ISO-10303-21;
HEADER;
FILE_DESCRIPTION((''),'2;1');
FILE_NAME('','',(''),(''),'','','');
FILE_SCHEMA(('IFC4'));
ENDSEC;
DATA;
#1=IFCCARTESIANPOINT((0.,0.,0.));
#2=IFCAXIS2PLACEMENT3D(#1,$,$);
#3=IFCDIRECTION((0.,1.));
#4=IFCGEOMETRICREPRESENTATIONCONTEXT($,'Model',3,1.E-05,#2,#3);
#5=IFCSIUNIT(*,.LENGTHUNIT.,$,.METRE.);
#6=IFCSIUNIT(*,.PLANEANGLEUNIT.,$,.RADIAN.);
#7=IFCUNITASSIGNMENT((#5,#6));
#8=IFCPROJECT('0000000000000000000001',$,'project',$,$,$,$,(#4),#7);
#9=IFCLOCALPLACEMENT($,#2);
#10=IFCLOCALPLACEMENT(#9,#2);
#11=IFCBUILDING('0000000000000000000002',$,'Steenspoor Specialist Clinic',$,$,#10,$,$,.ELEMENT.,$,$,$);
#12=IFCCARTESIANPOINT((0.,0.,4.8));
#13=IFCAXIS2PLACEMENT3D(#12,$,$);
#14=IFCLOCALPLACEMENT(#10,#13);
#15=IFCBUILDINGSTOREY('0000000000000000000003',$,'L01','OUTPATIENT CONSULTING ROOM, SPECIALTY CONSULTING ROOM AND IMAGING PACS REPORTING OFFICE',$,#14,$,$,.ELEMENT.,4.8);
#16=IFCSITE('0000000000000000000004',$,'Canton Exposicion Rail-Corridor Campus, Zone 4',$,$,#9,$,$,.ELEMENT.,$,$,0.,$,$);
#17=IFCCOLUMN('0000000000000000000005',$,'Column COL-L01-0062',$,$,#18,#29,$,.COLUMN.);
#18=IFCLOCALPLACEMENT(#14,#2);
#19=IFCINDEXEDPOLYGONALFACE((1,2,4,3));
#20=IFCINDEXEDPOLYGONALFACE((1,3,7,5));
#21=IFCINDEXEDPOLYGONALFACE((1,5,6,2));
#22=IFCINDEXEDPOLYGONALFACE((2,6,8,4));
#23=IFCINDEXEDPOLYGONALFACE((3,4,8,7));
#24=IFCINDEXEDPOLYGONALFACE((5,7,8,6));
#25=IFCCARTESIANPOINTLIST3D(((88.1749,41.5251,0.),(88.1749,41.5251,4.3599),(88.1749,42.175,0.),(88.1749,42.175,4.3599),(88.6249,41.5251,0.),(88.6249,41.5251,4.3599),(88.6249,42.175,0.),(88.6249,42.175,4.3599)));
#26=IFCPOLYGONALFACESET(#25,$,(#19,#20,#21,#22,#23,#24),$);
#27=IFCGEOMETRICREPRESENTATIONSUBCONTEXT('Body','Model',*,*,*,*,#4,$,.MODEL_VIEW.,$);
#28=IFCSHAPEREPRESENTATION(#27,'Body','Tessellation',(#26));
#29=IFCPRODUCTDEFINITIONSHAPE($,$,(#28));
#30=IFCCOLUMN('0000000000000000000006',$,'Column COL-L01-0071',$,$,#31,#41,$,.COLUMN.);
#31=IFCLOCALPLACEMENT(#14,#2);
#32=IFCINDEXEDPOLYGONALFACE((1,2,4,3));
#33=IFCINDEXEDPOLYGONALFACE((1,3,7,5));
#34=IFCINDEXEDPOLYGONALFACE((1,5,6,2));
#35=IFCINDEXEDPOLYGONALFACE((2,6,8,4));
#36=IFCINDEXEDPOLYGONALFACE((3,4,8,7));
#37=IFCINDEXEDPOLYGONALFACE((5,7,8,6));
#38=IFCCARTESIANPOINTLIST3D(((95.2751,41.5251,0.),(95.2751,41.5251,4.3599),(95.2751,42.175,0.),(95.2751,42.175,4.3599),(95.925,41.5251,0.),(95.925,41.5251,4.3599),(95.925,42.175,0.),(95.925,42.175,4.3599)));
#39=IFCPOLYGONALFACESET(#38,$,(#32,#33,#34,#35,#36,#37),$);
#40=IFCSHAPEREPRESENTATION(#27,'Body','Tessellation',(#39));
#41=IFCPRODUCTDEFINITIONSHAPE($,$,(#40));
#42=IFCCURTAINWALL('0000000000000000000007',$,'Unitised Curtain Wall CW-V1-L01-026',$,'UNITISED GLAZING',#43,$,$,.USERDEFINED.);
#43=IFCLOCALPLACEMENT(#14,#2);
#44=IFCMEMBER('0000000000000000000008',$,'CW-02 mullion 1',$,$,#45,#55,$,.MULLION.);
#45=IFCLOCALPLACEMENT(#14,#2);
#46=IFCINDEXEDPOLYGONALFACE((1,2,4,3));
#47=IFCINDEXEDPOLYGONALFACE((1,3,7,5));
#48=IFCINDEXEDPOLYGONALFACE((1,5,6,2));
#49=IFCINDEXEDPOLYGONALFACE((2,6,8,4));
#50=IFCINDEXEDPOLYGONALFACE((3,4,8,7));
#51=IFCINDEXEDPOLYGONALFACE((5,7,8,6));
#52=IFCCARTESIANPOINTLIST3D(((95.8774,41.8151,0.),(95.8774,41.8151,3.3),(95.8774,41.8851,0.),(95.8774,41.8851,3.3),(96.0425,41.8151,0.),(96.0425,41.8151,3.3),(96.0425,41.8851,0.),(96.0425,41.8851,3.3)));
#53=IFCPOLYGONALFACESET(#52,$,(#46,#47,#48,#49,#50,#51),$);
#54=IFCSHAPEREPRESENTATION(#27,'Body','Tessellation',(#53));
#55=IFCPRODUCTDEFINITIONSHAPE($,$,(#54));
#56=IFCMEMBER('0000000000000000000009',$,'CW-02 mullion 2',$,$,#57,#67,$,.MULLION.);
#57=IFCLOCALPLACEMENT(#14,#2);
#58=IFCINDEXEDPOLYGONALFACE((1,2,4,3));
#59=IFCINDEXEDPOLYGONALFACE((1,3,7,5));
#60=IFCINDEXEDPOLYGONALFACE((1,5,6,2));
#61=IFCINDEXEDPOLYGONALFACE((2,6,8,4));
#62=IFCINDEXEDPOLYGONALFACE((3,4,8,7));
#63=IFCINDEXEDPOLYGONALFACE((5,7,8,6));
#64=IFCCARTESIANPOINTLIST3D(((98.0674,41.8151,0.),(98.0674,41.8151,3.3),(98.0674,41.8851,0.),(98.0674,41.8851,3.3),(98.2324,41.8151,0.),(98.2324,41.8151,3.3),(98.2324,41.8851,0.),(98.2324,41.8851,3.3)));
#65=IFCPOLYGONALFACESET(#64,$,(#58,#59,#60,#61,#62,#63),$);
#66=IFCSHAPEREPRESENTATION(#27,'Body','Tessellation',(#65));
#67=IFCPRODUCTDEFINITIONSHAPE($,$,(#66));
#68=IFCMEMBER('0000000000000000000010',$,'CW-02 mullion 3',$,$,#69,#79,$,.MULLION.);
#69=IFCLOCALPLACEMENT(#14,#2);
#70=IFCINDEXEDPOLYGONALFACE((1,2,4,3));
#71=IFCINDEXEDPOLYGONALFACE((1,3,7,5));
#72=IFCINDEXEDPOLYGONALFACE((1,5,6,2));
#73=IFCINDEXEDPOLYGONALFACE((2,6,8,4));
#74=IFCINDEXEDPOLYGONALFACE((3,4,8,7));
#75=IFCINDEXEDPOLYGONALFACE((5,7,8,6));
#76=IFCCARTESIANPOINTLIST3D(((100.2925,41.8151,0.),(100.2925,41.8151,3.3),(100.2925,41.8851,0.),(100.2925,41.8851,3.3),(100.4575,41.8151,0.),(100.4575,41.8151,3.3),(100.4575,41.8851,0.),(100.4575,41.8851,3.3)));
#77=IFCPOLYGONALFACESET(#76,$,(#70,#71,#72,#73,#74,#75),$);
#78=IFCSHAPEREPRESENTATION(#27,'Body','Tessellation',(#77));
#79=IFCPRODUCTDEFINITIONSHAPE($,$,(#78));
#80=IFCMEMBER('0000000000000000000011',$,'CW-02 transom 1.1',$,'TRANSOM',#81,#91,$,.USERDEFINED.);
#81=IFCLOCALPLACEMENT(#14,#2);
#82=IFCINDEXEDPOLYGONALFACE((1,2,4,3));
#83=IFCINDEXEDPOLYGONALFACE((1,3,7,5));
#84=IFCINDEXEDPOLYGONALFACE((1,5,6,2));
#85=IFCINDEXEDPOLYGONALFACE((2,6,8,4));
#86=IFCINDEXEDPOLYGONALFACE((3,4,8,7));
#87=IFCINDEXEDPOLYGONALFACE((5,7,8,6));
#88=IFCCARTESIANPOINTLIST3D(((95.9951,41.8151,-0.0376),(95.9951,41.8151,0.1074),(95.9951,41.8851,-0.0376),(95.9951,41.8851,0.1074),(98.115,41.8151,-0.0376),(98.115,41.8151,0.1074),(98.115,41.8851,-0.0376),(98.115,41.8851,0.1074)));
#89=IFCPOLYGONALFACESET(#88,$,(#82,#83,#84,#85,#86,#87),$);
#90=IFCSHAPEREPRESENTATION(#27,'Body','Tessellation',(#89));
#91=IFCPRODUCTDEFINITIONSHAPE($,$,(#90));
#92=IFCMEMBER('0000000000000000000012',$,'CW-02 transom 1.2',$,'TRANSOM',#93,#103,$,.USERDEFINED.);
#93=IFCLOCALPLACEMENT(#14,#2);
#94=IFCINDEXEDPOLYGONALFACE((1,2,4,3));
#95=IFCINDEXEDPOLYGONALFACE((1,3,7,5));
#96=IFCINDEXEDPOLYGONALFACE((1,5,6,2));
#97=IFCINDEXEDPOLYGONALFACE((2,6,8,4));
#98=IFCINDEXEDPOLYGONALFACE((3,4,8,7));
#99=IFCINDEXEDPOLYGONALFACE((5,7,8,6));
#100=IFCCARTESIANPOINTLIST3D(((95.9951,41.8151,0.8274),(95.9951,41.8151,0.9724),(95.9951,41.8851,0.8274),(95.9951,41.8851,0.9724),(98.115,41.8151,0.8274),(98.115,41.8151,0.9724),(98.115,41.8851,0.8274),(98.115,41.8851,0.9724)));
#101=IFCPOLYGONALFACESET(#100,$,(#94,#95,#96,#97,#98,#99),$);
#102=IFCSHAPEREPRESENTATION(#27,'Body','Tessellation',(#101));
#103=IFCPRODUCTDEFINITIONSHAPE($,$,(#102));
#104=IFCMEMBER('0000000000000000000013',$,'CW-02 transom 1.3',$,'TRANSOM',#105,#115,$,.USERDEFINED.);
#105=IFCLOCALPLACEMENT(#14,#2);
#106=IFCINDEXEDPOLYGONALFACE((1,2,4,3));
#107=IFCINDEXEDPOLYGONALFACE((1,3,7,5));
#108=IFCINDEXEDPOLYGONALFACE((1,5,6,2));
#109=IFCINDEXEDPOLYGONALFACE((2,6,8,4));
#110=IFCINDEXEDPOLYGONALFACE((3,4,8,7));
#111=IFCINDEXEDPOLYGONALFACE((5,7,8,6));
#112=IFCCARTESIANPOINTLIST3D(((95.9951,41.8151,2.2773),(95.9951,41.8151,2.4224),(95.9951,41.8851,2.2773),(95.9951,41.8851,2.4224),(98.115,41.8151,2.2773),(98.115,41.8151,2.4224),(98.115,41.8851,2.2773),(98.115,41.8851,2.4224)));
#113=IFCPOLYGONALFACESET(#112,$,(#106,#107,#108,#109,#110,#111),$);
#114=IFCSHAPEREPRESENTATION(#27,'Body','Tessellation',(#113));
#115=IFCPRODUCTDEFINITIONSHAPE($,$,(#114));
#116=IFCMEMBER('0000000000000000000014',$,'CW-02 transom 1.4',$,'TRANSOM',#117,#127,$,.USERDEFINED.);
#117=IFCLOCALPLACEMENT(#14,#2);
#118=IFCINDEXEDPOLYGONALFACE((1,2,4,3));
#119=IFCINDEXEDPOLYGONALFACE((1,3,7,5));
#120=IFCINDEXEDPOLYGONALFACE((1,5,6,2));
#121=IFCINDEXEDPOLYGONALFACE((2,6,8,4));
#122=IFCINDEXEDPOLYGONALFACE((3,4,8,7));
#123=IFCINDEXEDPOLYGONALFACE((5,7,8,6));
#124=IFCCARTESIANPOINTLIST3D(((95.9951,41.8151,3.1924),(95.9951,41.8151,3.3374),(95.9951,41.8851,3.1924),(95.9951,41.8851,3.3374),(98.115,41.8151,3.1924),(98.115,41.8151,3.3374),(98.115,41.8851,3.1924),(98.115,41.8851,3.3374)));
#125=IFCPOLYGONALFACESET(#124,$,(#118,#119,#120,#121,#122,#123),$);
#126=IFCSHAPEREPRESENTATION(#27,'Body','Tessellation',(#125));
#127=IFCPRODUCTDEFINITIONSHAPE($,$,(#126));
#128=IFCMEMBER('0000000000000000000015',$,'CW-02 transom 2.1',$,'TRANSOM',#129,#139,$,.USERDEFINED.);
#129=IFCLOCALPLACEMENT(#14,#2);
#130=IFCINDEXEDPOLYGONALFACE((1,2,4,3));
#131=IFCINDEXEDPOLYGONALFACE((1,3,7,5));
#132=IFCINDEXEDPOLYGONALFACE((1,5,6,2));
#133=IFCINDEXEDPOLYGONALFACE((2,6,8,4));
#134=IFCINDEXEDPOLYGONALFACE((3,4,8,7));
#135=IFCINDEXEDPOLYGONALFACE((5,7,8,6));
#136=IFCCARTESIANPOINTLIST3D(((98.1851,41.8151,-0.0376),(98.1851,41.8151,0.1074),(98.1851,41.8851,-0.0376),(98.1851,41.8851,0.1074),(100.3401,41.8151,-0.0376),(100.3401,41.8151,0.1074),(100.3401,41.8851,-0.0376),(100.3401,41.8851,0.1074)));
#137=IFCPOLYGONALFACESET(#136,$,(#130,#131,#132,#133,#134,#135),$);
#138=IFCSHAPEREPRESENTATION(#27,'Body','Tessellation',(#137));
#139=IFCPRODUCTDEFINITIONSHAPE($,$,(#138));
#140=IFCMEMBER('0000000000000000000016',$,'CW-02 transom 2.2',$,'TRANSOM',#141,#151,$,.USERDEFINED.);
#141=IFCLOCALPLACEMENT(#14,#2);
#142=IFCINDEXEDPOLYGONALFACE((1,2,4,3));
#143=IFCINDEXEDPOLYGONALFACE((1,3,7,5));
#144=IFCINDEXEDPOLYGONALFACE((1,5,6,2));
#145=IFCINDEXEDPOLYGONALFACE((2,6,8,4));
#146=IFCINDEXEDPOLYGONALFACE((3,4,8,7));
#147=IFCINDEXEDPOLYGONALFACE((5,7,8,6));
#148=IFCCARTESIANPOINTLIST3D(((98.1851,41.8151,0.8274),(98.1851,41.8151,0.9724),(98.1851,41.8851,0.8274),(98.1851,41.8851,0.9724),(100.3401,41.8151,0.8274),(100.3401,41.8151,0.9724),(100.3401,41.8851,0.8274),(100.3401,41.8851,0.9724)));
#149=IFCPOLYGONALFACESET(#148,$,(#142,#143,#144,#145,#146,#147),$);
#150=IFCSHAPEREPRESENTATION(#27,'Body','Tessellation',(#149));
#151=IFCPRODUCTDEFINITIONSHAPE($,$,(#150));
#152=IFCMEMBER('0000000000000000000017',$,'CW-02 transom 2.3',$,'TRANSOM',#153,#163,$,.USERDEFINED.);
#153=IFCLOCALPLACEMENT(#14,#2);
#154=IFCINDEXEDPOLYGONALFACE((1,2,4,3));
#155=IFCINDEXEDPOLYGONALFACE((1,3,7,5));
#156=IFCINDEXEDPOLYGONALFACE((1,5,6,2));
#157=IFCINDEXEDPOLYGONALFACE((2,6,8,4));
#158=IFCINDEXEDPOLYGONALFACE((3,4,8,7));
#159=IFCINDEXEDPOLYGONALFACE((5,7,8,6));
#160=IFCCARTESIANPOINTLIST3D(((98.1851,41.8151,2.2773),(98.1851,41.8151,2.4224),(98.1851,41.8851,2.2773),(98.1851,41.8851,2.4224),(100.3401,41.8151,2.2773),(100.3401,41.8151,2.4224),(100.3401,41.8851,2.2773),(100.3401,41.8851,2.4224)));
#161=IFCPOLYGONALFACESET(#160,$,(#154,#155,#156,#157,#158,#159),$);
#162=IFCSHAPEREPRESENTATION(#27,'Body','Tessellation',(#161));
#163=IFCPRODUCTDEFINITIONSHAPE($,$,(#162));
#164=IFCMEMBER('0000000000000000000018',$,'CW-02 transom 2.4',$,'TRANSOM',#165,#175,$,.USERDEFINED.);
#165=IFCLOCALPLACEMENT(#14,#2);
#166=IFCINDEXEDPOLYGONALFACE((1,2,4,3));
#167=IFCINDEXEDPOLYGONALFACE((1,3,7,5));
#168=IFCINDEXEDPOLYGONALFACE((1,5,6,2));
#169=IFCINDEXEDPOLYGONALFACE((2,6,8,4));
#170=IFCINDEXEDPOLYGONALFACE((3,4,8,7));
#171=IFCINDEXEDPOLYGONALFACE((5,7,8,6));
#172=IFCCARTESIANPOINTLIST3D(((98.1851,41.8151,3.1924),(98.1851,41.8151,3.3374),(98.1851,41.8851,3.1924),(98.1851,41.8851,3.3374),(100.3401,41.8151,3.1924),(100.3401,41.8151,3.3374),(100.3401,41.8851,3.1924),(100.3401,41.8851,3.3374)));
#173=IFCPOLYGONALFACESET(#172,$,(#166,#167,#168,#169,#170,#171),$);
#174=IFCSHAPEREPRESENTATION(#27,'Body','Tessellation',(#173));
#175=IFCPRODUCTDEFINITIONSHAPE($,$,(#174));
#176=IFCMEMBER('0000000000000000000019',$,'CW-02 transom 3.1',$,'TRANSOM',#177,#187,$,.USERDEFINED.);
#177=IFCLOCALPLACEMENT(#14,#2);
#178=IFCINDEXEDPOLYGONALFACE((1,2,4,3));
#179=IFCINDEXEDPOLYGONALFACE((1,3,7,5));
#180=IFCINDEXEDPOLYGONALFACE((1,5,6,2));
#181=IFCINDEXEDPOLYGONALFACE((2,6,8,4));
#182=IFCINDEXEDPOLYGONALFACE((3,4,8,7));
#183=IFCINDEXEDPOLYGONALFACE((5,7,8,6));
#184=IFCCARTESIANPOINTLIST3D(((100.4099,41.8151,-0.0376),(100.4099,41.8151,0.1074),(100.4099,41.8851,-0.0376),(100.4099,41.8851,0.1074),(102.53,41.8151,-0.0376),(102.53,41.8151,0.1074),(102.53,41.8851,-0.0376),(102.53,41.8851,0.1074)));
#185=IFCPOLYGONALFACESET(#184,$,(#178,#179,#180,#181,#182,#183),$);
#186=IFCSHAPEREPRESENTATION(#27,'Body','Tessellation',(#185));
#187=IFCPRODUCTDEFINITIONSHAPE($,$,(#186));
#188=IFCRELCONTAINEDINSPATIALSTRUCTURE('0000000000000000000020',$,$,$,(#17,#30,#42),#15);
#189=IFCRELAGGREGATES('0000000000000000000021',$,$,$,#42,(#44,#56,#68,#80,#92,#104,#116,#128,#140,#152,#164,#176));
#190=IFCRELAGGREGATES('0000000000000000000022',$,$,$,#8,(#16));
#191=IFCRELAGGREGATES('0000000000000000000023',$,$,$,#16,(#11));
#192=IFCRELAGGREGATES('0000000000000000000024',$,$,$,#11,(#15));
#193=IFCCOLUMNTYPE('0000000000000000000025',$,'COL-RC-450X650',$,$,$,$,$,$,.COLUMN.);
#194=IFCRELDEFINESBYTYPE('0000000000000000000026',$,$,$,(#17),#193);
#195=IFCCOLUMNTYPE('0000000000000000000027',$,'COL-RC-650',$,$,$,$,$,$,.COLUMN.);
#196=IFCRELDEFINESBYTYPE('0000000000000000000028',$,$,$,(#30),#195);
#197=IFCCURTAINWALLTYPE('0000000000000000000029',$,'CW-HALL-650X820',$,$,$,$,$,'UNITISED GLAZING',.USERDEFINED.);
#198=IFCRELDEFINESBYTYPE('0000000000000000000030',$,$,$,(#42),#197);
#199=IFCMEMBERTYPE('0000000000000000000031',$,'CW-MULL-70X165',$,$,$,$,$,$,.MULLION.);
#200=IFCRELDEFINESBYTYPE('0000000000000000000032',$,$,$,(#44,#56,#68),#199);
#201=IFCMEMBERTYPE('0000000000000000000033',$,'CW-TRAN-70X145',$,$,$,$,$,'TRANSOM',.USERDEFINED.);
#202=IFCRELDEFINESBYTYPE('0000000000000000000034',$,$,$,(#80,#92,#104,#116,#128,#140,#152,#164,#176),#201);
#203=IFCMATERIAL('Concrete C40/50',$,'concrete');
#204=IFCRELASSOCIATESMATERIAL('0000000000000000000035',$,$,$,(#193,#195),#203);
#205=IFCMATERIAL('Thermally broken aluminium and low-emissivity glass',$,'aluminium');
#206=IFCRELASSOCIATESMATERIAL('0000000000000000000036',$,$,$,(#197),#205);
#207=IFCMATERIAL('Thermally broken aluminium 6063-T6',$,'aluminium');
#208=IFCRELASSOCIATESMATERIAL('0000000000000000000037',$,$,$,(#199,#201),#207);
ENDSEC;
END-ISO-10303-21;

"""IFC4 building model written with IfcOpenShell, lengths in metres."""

from ifc_helpers import new_model, si_unit, direction, frame, origin, origin_2d, place, context, subcontext, project, spatial, rectangle, extrude, material, material_profile, profile_set, type_object, element, aggregate, save


model = new_model("IFC4")

# Units and contexts
model_context = context("Model", 3, precision=1e-05, world=origin(), true_north=direction((0.0, 1.0)))
body_context = subcontext(model_context, "Body", "Model", "MODEL_VIEW")
ifc_project = project(units=[si_unit("LENGTHUNIT", "METRE"), si_unit("PLANEANGLEUNIT", "RADIAN")], contexts=[model_context])

# Site, building, storey
site_placement = place(None, origin())
site = spatial("IfcSite", under=ifc_project, at=site_placement, Name="Canton Exposicion Rail-Corridor Campus, Zone 4", CompositionType="ELEMENT", RefElevation=0.0)
building_placement = place(site_placement, origin())
building = spatial("IfcBuilding", under=site, at=building_placement, Name="Steenspoor Specialist Clinic", CompositionType="ELEMENT")
storey_placement = place(building_placement, frame((0.0, 0.0, 4.8)))
storey = spatial("IfcBuildingStorey", under=building, at=storey_placement, Name="L01", Description="OUTPATIENT CONSULTING ROOM, SPECIALTY CONSULTING ROOM AND IMAGING PACS REPORTING OFFICE", CompositionType="ELEMENT", Elevation=4.8)

# Columns
ifc_material_1 = material(Name="Concrete C40/50", Category="concrete")
ifc_material_profile_1 = material_profile(ifc_material_1, rectangle(XDim=0.45, YDim=0.6499, at=origin_2d()), Name="RC-COL-450X650")
ifc_profile_set_1 = profile_set([ifc_material_profile_1], Name="Concrete C40/50")
column_type_1 = type_object("IfcColumnType", Name="COL-RC-450X650", PredefinedType="COLUMN", material=ifc_profile_set_1)
column_1_placement = place(storey_placement, frame((88.3999, 41.8501, 0.0), z_axis=(0.0, 0.0, 1.0), x_axis=(1.0, 0.0, 0.0)))
element("IfcColumn", 1, at=column_1_placement, inside=storey, type_object=column_type_1, Name="Column COL-L01-0062", PredefinedType="COLUMN", context=body_context, shape_type="SweptSolid", body=[
    extrude(rectangle(XDim=0.45, YDim=0.6499, at=origin_2d()), origin(), (0.0, 0.0, 1.0), 4.3599),
])
ifc_material_profile_2 = material_profile(ifc_material_1, rectangle(XDim=0.6499, YDim=0.6499, at=origin_2d()), Name="RC-COL-650X650")
ifc_profile_set_2 = profile_set([ifc_material_profile_2], Name="Concrete C40/50")
column_type_2 = type_object("IfcColumnType", Name="COL-RC-650", PredefinedType="COLUMN", material=ifc_profile_set_2)
column_2_placement = place(storey_placement, frame((95.6001, 41.8501, 0.0), z_axis=(0.0, 0.0, 1.0), x_axis=(1.0, 0.0, 0.0)))
element("IfcColumn", 2, at=column_2_placement, inside=storey, type_object=column_type_2, Name="Column COL-L01-0071", PredefinedType="COLUMN", context=body_context, shape_type="SweptSolid", body=[
    extrude(rectangle(XDim=0.6499, YDim=0.6499, at=origin_2d()), origin(), (0.0, 0.0, 1.0), 4.3599),
])

# Curtain wall, members
ifc_material_2 = material(Name="Thermally broken aluminium and low-emissivity glass", Category="aluminium")
curtain_wall_type = type_object("IfcCurtainWallType", Name="CW-HALL-650X820", ElementType="UNITISED GLAZING", PredefinedType="USERDEFINED", material=ifc_material_2)
curtain_wall_placement = place(storey_placement, origin())
curtain_wall = element("IfcCurtainWall", 3, at=curtain_wall_placement, inside=storey, type_object=curtain_wall_type, Name="Unitised Curtain Wall CW-V1-L01-026", ObjectType="UNITISED GLAZING", PredefinedType="USERDEFINED")
ifc_material_3 = material(Name="Thermally broken aluminium 6063-T6", Category="aluminium")
ifc_material_profile_3 = material_profile(ifc_material_3, rectangle(XDim=0.0701, YDim=0.165, at=origin_2d()), Name="CWM-70X165")
ifc_profile_set_3 = profile_set([ifc_material_profile_3], Name="Thermally broken aluminium 6063-T6")
member_type_1 = type_object("IfcMemberType", Name="CW-MULL-70X165", PredefinedType="MULLION", material=ifc_profile_set_3)
member_1_placement = place(storey_placement, frame((95.96, 41.8501, 0.0), z_axis=(0.0, 0.0, 1.0), x_axis=(0.0, 1.0, 0.0)))
member_1 = element("IfcMember", 4, at=member_1_placement, type_object=member_type_1, Name="CW-02 mullion 1", PredefinedType="MULLION", context=body_context, shape_type="SweptSolid", body=[
    extrude(rectangle(XDim=0.0701, YDim=0.165, at=origin_2d()), origin(), (0.0, 0.0, 1.0), 3.3),
])
member_2_placement = place(storey_placement, frame((98.1499, 41.8501, 0.0), z_axis=(0.0, 0.0, 1.0), x_axis=(0.0, 1.0, 0.0)))
member_2 = element("IfcMember", 5, at=member_2_placement, type_object=member_type_1, Name="CW-02 mullion 2", PredefinedType="MULLION", context=body_context, shape_type="SweptSolid", body=[
    extrude(rectangle(XDim=0.0701, YDim=0.165, at=origin_2d()), origin(), (0.0, 0.0, 1.0), 3.3),
])
member_3_placement = place(storey_placement, frame((100.375, 41.8501, 0.0), z_axis=(0.0, 0.0, 1.0), x_axis=(0.0, 1.0, 0.0)))
member_3 = element("IfcMember", 6, at=member_3_placement, type_object=member_type_1, Name="CW-02 mullion 3", PredefinedType="MULLION", context=body_context, shape_type="SweptSolid", body=[
    extrude(rectangle(XDim=0.0701, YDim=0.165, at=origin_2d()), origin(), (0.0, 0.0, 1.0), 3.3),
])
ifc_material_profile_4 = material_profile(ifc_material_3, rectangle(XDim=0.0701, YDim=0.145, at=origin_2d()), Name="CWT-70X145")
ifc_profile_set_4 = profile_set([ifc_material_profile_4], Name="Thermally broken aluminium 6063-T6")
member_type_2 = type_object("IfcMemberType", Name="CW-TRAN-70X145", ElementType="TRANSOM", PredefinedType="USERDEFINED", material=ifc_profile_set_4)
member_4_placement = place(storey_placement, frame((95.9951, 41.8501, 0.0349), z_axis=(1.0, 0.0, 0.0), x_axis=(0.0, 1.0, 0.0)))
member_4 = element("IfcMember", 7, at=member_4_placement, type_object=member_type_2, Name="CW-02 transom 1.1", ObjectType="TRANSOM", PredefinedType="USERDEFINED", context=body_context, shape_type="SweptSolid", body=[
    extrude(rectangle(XDim=0.0701, YDim=0.145, at=origin_2d()), origin(), (0.0, 0.0, 1.0), 2.1199),
])
member_5_placement = place(storey_placement, frame((95.9951, 41.8501, 0.8999), z_axis=(1.0, 0.0, 0.0), x_axis=(0.0, 1.0, 0.0)))
member_5 = element("IfcMember", 8, at=member_5_placement, type_object=member_type_2, Name="CW-02 transom 1.2", ObjectType="TRANSOM", PredefinedType="USERDEFINED", context=body_context, shape_type="SweptSolid", body=[
    extrude(rectangle(XDim=0.0701, YDim=0.145, at=origin_2d()), origin(), (0.0, 0.0, 1.0), 2.1199),
])
member_6_placement = place(storey_placement, frame((95.9951, 41.8501, 2.3499), z_axis=(1.0, 0.0, 0.0), x_axis=(0.0, 1.0, 0.0)))
member_6 = element("IfcMember", 9, at=member_6_placement, type_object=member_type_2, Name="CW-02 transom 1.3", ObjectType="TRANSOM", PredefinedType="USERDEFINED", context=body_context, shape_type="SweptSolid", body=[
    extrude(rectangle(XDim=0.0701, YDim=0.145, at=origin_2d()), origin(), (0.0, 0.0, 1.0), 2.1199),
])
member_7_placement = place(storey_placement, frame((95.9951, 41.8501, 3.2649), z_axis=(1.0, 0.0, 0.0), x_axis=(0.0, 1.0, 0.0)))
member_7 = element("IfcMember", 10, at=member_7_placement, type_object=member_type_2, Name="CW-02 transom 1.4", ObjectType="TRANSOM", PredefinedType="USERDEFINED", context=body_context, shape_type="SweptSolid", body=[
    extrude(rectangle(XDim=0.0701, YDim=0.145, at=origin_2d()), origin(), (0.0, 0.0, 1.0), 2.1199),
])
member_8_placement = place(storey_placement, frame((98.1851, 41.8501, 0.0349), z_axis=(1.0, 0.0, 0.0), x_axis=(0.0, 1.0, 0.0)))
member_8 = element("IfcMember", 11, at=member_8_placement, type_object=member_type_2, Name="CW-02 transom 2.1", ObjectType="TRANSOM", PredefinedType="USERDEFINED", context=body_context, shape_type="SweptSolid", body=[
    extrude(rectangle(XDim=0.0701, YDim=0.145, at=origin_2d()), origin(), (0.0, 0.0, 1.0), 2.155),
])
member_9_placement = place(storey_placement, frame((98.1851, 41.8501, 0.8999), z_axis=(1.0, 0.0, 0.0), x_axis=(0.0, 1.0, 0.0)))
member_9 = element("IfcMember", 12, at=member_9_placement, type_object=member_type_2, Name="CW-02 transom 2.2", ObjectType="TRANSOM", PredefinedType="USERDEFINED", context=body_context, shape_type="SweptSolid", body=[
    extrude(rectangle(XDim=0.0701, YDim=0.145, at=origin_2d()), origin(), (0.0, 0.0, 1.0), 2.155),
])
member_10_placement = place(storey_placement, frame((98.1851, 41.8501, 2.3499), z_axis=(1.0, 0.0, 0.0), x_axis=(0.0, 1.0, 0.0)))
member_10 = element("IfcMember", 13, at=member_10_placement, type_object=member_type_2, Name="CW-02 transom 2.3", ObjectType="TRANSOM", PredefinedType="USERDEFINED", context=body_context, shape_type="SweptSolid", body=[
    extrude(rectangle(XDim=0.0701, YDim=0.145, at=origin_2d()), origin(), (0.0, 0.0, 1.0), 2.155),
])
member_11_placement = place(storey_placement, frame((98.1851, 41.8501, 3.2649), z_axis=(1.0, 0.0, 0.0), x_axis=(0.0, 1.0, 0.0)))
member_11 = element("IfcMember", 14, at=member_11_placement, type_object=member_type_2, Name="CW-02 transom 2.4", ObjectType="TRANSOM", PredefinedType="USERDEFINED", context=body_context, shape_type="SweptSolid", body=[
    extrude(rectangle(XDim=0.0701, YDim=0.145, at=origin_2d()), origin(), (0.0, 0.0, 1.0), 2.155),
])
member_12_placement = place(storey_placement, frame((100.4099, 41.8501, 0.0349), z_axis=(1.0, 0.0, 0.0), x_axis=(0.0, 1.0, 0.0)))
member_12 = element("IfcMember", 15, at=member_12_placement, type_object=member_type_2, Name="CW-02 transom 3.1", ObjectType="TRANSOM", PredefinedType="USERDEFINED", context=body_context, shape_type="SweptSolid", body=[
    extrude(rectangle(XDim=0.0701, YDim=0.145, at=origin_2d()), origin(), (0.0, 0.0, 1.0), 2.1201),
])

aggregate(curtain_wall, [member_1, member_2, member_3, member_4, member_5, member_6, member_7, member_8, member_9, member_10, member_11, member_12])

save(model, "model.ifc")
